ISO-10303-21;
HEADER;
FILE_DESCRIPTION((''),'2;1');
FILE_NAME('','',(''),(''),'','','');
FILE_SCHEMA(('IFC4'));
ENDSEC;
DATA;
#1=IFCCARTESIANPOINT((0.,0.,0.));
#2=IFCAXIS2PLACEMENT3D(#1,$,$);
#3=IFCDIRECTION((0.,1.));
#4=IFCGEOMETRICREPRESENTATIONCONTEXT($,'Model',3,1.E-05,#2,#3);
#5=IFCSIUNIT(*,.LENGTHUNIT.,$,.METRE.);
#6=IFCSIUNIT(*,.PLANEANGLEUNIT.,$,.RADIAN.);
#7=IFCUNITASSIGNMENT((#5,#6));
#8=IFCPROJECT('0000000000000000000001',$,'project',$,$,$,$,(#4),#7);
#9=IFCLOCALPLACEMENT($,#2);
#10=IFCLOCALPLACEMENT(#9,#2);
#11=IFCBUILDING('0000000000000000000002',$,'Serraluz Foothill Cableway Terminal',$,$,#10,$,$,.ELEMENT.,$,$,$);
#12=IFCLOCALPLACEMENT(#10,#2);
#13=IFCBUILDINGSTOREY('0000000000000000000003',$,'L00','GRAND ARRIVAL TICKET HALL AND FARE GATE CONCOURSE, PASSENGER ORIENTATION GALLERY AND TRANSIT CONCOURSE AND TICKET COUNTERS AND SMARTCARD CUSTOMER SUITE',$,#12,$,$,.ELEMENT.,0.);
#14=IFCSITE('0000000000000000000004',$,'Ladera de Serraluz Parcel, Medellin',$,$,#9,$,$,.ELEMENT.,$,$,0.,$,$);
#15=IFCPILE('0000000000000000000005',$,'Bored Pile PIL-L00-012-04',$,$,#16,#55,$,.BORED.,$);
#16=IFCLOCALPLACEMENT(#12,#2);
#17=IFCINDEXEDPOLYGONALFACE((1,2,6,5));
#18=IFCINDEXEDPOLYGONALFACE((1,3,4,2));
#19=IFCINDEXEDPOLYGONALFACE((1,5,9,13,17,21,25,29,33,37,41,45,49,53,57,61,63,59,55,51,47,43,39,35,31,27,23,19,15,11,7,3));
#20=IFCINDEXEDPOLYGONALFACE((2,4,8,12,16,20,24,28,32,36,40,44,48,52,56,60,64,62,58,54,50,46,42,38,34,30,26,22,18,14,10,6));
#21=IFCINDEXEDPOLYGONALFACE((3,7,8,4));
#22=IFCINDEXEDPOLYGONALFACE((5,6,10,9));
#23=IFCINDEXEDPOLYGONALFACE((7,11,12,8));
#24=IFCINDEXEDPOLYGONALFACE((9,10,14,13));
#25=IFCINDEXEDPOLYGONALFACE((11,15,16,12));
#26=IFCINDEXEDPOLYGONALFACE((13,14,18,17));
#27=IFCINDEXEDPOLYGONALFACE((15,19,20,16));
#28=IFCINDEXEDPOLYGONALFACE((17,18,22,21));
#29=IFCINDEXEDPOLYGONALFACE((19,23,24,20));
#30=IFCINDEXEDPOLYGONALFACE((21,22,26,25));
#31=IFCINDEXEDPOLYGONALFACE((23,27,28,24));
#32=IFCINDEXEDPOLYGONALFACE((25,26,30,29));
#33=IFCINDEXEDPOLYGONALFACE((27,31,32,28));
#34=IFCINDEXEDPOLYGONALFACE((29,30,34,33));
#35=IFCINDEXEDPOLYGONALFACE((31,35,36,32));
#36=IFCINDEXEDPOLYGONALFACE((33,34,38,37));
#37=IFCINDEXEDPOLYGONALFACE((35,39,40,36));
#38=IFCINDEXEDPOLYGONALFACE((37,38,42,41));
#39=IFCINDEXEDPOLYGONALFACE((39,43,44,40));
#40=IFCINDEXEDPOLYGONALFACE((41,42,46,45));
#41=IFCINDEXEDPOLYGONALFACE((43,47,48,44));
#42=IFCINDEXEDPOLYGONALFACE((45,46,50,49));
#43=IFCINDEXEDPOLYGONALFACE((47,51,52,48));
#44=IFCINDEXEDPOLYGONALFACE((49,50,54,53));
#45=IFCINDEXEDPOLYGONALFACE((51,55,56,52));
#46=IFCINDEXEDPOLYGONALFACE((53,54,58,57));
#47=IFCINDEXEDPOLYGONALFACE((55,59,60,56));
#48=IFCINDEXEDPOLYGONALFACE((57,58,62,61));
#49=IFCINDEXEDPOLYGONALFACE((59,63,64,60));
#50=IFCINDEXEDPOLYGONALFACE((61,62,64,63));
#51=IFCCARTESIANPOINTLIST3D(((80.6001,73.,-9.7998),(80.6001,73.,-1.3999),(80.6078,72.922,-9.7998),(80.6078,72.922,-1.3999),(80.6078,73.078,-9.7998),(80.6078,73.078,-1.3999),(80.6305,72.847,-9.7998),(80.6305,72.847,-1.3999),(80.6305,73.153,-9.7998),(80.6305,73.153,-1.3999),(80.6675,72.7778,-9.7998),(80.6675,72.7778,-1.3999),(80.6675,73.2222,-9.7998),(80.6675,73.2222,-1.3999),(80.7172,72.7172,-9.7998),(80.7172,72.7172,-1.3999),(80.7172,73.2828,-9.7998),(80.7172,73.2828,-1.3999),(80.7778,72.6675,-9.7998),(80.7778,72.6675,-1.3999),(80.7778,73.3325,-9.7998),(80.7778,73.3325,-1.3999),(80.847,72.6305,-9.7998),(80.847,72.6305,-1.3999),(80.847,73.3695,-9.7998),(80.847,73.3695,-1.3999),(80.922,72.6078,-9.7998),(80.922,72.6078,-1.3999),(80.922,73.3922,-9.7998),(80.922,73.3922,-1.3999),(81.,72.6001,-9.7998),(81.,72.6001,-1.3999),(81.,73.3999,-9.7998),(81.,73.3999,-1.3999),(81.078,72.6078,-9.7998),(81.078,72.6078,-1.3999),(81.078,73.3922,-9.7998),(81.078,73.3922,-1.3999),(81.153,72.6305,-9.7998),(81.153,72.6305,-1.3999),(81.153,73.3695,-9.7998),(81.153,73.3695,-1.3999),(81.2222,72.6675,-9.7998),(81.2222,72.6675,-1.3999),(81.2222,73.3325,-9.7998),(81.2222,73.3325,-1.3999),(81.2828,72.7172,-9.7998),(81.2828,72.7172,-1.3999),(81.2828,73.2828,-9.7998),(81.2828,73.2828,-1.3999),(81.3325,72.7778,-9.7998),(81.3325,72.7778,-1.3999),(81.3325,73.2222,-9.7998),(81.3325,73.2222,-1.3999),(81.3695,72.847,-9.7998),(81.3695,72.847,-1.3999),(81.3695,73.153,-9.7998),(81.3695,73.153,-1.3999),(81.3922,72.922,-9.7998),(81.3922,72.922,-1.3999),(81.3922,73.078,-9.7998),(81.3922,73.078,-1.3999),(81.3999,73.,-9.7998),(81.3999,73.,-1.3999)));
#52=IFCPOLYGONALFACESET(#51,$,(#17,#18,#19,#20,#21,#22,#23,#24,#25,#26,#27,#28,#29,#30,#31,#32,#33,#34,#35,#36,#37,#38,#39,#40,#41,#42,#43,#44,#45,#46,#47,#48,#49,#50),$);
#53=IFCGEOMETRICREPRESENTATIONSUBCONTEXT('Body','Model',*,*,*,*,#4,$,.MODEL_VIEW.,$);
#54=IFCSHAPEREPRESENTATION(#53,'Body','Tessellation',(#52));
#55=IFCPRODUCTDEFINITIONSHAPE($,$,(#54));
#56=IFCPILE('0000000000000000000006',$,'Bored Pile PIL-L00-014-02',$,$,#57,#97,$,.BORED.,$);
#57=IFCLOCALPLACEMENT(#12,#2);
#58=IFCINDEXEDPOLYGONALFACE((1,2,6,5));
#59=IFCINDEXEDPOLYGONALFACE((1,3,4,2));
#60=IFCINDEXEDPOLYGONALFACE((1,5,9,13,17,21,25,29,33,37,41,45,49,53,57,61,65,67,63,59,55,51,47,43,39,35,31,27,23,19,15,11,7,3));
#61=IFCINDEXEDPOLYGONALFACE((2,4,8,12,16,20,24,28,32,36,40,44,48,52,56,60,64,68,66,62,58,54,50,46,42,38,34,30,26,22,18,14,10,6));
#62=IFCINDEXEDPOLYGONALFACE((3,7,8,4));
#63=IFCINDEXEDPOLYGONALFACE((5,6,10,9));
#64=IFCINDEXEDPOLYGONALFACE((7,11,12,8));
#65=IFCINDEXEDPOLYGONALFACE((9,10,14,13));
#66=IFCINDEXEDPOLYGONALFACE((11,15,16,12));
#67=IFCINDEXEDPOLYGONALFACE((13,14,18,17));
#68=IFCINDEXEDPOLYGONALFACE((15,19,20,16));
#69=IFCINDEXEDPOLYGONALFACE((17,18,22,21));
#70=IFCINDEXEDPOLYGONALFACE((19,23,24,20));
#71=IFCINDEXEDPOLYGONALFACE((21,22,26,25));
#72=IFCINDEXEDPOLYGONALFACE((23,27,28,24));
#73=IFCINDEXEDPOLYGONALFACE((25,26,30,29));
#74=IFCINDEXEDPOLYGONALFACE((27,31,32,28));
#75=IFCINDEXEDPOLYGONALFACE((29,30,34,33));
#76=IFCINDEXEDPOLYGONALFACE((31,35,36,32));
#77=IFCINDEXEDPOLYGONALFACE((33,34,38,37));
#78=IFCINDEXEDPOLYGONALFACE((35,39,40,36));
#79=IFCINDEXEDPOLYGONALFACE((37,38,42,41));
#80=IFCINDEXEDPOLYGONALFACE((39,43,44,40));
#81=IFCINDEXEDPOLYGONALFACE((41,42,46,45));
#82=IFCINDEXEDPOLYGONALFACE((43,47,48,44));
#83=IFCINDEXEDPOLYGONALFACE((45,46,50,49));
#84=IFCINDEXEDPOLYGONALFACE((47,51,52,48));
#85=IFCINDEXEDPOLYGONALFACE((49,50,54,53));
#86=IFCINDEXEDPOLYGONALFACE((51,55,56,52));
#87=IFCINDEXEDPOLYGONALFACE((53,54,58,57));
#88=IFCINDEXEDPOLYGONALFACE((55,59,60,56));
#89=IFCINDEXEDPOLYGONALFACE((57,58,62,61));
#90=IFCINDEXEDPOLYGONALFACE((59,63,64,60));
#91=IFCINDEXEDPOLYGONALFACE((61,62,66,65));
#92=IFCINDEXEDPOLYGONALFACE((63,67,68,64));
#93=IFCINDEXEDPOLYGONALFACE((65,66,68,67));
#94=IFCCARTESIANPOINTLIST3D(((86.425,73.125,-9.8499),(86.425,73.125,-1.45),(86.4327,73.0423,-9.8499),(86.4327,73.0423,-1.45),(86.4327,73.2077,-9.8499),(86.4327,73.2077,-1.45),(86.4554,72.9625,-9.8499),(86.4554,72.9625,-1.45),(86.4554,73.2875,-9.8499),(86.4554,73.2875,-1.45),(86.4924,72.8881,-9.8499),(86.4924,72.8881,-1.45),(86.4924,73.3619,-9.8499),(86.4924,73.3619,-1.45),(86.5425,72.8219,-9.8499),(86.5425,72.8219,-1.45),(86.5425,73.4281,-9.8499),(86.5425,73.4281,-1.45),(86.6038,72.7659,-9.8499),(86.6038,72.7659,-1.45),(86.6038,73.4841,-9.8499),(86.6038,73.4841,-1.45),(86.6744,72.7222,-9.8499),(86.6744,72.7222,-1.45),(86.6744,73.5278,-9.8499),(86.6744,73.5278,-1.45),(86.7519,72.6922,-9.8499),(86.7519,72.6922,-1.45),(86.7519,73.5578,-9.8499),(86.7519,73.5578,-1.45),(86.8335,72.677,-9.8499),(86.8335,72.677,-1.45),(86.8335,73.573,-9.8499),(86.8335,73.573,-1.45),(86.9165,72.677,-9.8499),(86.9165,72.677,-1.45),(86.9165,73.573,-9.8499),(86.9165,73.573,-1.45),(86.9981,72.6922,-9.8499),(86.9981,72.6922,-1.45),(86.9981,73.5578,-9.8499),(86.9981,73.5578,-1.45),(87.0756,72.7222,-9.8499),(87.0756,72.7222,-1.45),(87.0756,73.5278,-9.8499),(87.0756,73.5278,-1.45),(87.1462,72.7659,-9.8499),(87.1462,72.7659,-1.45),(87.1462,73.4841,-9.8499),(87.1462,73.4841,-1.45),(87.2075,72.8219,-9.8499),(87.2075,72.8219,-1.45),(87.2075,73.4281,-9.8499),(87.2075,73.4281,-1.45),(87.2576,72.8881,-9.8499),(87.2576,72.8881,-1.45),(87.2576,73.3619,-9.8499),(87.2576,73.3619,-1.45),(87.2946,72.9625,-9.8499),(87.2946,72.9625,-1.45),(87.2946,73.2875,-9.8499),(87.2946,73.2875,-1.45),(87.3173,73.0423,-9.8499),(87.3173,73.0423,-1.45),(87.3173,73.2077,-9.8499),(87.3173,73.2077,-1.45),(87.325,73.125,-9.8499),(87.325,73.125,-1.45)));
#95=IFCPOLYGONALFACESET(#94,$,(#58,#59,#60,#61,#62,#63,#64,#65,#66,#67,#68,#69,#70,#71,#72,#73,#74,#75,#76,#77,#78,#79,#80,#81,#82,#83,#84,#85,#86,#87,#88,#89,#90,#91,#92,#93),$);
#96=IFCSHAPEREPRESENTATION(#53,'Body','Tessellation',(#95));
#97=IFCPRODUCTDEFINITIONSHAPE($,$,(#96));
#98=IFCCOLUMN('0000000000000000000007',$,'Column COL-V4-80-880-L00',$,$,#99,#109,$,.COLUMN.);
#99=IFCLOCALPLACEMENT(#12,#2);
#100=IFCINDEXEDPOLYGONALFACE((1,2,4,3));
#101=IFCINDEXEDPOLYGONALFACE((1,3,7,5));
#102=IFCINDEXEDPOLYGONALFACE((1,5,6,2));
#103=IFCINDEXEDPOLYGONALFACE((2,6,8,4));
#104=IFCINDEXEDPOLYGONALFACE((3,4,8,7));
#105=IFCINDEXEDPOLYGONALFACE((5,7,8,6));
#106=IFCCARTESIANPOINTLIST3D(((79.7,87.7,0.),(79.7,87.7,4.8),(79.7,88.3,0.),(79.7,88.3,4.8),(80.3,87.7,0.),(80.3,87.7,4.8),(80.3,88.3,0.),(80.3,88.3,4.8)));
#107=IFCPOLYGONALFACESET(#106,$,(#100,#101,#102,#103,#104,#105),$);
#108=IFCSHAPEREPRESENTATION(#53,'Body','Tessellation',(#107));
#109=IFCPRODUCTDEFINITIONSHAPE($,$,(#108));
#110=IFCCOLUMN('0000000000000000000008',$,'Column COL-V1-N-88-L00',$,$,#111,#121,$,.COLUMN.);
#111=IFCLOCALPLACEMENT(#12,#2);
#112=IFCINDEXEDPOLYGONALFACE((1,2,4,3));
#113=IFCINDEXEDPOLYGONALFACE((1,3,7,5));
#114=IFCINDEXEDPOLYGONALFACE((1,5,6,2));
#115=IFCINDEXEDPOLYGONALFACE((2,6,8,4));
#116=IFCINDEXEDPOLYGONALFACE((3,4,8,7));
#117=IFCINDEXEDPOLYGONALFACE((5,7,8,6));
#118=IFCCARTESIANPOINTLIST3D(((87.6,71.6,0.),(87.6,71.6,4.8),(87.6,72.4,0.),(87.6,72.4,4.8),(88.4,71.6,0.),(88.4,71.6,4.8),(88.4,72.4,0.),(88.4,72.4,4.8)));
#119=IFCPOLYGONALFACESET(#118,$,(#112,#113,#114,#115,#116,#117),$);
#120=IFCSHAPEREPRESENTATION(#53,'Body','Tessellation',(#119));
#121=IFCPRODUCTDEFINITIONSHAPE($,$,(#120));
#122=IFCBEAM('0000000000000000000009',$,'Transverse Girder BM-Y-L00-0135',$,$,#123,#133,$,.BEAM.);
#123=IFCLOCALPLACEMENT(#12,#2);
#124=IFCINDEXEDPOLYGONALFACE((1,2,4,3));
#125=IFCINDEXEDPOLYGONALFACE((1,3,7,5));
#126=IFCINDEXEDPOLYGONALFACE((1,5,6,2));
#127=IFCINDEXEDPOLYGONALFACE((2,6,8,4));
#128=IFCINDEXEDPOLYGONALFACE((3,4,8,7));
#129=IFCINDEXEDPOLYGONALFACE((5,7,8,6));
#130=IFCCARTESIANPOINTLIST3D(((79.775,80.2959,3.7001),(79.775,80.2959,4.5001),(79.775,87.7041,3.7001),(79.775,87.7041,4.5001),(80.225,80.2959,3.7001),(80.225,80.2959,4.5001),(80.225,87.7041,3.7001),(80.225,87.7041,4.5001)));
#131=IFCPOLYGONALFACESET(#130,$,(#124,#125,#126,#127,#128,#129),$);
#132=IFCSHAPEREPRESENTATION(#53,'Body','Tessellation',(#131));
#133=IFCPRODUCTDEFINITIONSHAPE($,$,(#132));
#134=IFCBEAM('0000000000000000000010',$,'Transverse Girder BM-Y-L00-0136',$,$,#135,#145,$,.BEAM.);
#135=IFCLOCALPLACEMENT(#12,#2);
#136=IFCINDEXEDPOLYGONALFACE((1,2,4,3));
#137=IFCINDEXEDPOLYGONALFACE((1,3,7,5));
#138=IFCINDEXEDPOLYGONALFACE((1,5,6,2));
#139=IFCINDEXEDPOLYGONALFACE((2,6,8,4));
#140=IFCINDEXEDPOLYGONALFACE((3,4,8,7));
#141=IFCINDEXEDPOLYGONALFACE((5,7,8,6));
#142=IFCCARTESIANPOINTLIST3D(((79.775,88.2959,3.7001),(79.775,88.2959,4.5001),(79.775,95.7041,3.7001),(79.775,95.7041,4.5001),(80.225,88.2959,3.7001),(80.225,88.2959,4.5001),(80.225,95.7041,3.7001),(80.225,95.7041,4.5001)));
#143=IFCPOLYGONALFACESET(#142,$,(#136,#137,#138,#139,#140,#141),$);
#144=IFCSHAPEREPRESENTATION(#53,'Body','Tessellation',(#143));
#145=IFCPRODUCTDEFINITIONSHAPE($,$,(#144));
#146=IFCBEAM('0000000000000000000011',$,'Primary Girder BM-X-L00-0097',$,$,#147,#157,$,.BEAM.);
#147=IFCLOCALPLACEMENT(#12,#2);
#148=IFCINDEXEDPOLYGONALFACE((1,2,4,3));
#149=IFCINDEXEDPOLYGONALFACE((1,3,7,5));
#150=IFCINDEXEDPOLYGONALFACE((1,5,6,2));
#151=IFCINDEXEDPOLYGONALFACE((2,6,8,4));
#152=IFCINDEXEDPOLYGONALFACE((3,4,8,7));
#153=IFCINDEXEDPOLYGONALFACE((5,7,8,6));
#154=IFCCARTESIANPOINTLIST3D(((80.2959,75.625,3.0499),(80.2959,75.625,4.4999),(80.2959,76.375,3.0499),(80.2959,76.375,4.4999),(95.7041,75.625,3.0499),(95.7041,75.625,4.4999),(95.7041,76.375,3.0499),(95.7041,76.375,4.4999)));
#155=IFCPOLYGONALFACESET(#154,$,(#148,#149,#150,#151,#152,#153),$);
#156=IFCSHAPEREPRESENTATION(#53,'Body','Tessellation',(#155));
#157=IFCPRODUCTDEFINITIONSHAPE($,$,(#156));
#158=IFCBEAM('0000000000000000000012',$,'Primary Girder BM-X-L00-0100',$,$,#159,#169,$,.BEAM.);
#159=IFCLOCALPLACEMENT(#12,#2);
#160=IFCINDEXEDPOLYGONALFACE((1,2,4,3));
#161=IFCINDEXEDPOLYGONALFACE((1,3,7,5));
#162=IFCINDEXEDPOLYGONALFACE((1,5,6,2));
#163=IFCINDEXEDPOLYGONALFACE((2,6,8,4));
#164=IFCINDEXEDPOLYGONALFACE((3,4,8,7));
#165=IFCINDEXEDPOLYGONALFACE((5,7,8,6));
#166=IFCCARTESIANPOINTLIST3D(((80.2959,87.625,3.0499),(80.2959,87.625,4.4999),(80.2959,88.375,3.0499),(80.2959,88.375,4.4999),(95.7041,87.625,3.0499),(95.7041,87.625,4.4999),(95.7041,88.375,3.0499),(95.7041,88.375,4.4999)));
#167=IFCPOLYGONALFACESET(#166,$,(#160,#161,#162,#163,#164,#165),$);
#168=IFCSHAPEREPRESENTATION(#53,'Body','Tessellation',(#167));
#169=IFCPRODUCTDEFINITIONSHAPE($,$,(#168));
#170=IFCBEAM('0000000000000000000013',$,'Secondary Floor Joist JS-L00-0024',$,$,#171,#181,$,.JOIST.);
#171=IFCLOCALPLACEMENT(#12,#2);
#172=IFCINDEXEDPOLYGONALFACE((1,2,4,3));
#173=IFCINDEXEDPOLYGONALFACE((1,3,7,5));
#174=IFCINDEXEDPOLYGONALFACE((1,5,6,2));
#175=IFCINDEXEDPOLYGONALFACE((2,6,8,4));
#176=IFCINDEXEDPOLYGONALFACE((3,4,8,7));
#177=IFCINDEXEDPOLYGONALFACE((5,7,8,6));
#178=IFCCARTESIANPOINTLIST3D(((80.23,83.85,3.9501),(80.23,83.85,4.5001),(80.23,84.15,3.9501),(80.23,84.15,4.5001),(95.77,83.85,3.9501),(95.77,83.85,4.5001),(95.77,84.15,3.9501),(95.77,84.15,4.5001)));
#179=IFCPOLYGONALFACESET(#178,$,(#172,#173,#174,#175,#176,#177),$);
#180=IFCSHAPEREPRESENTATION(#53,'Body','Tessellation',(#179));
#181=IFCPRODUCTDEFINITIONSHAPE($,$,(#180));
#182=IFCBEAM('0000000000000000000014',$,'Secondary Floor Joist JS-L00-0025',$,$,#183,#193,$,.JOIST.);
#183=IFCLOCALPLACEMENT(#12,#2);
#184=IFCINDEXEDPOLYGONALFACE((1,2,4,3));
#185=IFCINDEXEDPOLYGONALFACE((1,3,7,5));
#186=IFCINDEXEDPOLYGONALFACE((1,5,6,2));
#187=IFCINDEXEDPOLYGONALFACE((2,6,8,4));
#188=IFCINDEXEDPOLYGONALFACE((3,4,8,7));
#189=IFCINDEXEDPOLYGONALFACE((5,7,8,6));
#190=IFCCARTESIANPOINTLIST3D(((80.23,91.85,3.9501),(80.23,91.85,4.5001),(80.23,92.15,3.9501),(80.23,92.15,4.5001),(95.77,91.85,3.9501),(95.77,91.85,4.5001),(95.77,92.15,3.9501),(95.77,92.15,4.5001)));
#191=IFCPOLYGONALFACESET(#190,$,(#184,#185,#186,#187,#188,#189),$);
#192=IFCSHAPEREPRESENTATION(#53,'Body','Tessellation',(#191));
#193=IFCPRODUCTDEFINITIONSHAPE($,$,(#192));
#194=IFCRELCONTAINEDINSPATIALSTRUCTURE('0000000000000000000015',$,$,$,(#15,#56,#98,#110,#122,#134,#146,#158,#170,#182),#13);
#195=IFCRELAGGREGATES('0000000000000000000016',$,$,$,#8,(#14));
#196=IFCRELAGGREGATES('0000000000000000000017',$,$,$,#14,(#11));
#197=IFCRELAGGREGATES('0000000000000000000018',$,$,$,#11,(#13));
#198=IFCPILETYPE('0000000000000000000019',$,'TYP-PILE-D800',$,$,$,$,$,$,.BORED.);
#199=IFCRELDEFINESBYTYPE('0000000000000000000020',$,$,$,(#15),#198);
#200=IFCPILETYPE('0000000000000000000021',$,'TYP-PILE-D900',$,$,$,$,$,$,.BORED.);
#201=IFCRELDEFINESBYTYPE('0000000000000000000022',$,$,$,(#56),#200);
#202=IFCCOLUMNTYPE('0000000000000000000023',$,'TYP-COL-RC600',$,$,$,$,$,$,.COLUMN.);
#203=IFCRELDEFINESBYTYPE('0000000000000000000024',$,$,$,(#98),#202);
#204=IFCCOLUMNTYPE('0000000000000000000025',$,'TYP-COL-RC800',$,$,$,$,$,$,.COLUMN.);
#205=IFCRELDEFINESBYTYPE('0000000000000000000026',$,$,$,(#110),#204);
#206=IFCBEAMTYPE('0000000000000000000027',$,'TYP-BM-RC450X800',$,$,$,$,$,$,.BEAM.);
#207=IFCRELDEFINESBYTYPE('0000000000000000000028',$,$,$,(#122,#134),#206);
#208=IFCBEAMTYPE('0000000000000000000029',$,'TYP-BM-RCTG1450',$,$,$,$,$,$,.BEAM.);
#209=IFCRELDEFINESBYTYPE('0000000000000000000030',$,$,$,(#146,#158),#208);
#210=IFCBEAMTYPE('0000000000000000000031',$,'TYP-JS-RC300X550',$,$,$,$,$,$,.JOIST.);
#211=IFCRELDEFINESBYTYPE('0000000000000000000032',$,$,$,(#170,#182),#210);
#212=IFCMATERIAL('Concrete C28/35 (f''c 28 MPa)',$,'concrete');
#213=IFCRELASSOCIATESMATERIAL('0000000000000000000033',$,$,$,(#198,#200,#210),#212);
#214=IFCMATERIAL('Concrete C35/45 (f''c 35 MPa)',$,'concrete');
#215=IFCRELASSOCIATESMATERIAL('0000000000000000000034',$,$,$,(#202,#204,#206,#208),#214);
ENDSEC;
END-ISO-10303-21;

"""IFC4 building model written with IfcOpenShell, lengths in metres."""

from ifc_helpers import new_model, si_unit, direction, frame, origin, origin_2d, place, context, subcontext, project, spatial, rectangle, circle, extrude, material, material_profile, profile_set, type_object, element, save


model = new_model("IFC4")

# Units and contexts
model_context = context("Model", 3, precision=1e-05, world=origin(), true_north=direction((0.0, 1.0)))
body_context = subcontext(model_context, "Body", "Model", "MODEL_VIEW")
ifc_project = project(units=[si_unit("LENGTHUNIT", "METRE"), si_unit("PLANEANGLEUNIT", "RADIAN")], contexts=[model_context])

# Site, building, storey
site_placement = place(None, origin())
site = spatial("IfcSite", under=ifc_project, at=site_placement, Name="Ladera de Serraluz Parcel, Medellin", CompositionType="ELEMENT", RefElevation=0.0)
building_placement = place(site_placement, origin())
building = spatial("IfcBuilding", under=site, at=building_placement, Name="Serraluz Foothill Cableway Terminal", CompositionType="ELEMENT")
storey_placement = place(building_placement, origin())
storey = spatial("IfcBuildingStorey", under=building, at=storey_placement, Name="L00", Description="GRAND ARRIVAL TICKET HALL AND FARE GATE CONCOURSE, PASSENGER ORIENTATION GALLERY AND TRANSIT CONCOURSE AND TICKET COUNTERS AND SMARTCARD CUSTOMER SUITE", CompositionType="ELEMENT", Elevation=0.0)

# Piles
ifc_material_1 = material(Name="Concrete C28/35 (f'c 28 MPa)", Category="concrete")
ifc_material_profile_1 = material_profile(ifc_material_1, circle(Radius=0.3999, at=origin_2d()), Name="BORED PILE D800")
ifc_profile_set_1 = profile_set([ifc_material_profile_1], Name="Concrete C28/35 (f'c 28 MPa)")
pile_type_1 = type_object("IfcPileType", Name="TYP-PILE-D800", PredefinedType="BORED", material=ifc_profile_set_1)
pile_1_placement = place(storey_placement, frame((81.0, 73.0, -1.3999), z_axis=(0.0, 0.0, -1.0), x_axis=(1.0, 0.0, 0.0)))
element("IfcPile", 1, at=pile_1_placement, inside=storey, type_object=pile_type_1, Name="Bored Pile PIL-L00-012-04", PredefinedType="BORED", context=body_context, shape_type="SweptSolid", body=[
    extrude(circle(Radius=0.3999, at=origin_2d()), origin(), (0.0, 0.0, 1.0), 8.3999),
])
ifc_material_profile_2 = material_profile(ifc_material_1, circle(Radius=0.45, at=origin_2d()), Name="BORED PILE D900")
ifc_profile_set_2 = profile_set([ifc_material_profile_2], Name="Concrete C28/35 (f'c 28 MPa)")
pile_type_2 = type_object("IfcPileType", Name="TYP-PILE-D900", PredefinedType="BORED", material=ifc_profile_set_2)
pile_2_placement = place(storey_placement, frame((86.875, 73.125, -1.45), z_axis=(0.0, 0.0, -1.0), x_axis=(1.0, 0.0, 0.0)))
element("IfcPile", 2, at=pile_2_placement, inside=storey, type_object=pile_type_2, Name="Bored Pile PIL-L00-014-02", PredefinedType="BORED", context=body_context, shape_type="SweptSolid", body=[
    extrude(circle(Radius=0.45, at=origin_2d()), origin(), (0.0, 0.0, 1.0), 8.3999),
])

# Columns
ifc_material_2 = material(Name="Concrete C35/45 (f'c 35 MPa)", Category="concrete")
ifc_material_profile_3 = material_profile(ifc_material_2, rectangle(XDim=0.6001, YDim=0.6001, at=origin_2d()), Name="RC 600x600")
ifc_profile_set_3 = profile_set([ifc_material_profile_3], Name="Concrete C35/45 (f'c 35 MPa)")
column_type_1 = type_object("IfcColumnType", Name="TYP-COL-RC600", PredefinedType="COLUMN", material=ifc_profile_set_3)
column_1_placement = place(storey_placement, frame((80.0, 88.0, 0.0), z_axis=(0.0, 0.0, 1.0), x_axis=(1.0, 0.0, 0.0)))
element("IfcColumn", 3, at=column_1_placement, inside=storey, type_object=column_type_1, Name="Column COL-V4-80-880-L00", PredefinedType="COLUMN", context=body_context, shape_type="SweptSolid", body=[
    extrude(rectangle(XDim=0.6001, YDim=0.6001, at=origin_2d()), origin(), (0.0, 0.0, 1.0), 4.8),
])
ifc_material_profile_4 = material_profile(ifc_material_2, rectangle(XDim=0.8, YDim=0.8, at=origin_2d()), Name="RC 800x800")
ifc_profile_set_4 = profile_set([ifc_material_profile_4], Name="Concrete C35/45 (f'c 35 MPa)")
column_type_2 = type_object("IfcColumnType", Name="TYP-COL-RC800", PredefinedType="COLUMN", material=ifc_profile_set_4)
column_2_placement = place(storey_placement, frame((88.0, 72.0, 0.0), z_axis=(0.0, 0.0, 1.0), x_axis=(1.0, 0.0, 0.0)))
element("IfcColumn", 4, at=column_2_placement, inside=storey, type_object=column_type_2, Name="Column COL-V1-N-88-L00", PredefinedType="COLUMN", context=body_context, shape_type="SweptSolid", body=[
    extrude(rectangle(XDim=0.8, YDim=0.8, at=origin_2d()), origin(), (0.0, 0.0, 1.0), 4.8),
])

# Beams
ifc_material_profile_5 = material_profile(ifc_material_2, rectangle(XDim=0.45, YDim=0.8, at=origin_2d()), Name="RC 450x800")
ifc_profile_set_5 = profile_set([ifc_material_profile_5], Name="Concrete C35/45 (f'c 35 MPa)")
beam_type_1 = type_object("IfcBeamType", Name="TYP-BM-RC450X800", PredefinedType="BEAM", material=ifc_profile_set_5)
for number, where, z_axis, x_axis, name in (
    (5, (80.0, 80.2959, 4.1001), (0.0, 1.0, 0.0), (-1.0, 0.0, 0.0), "Transverse Girder BM-Y-L00-0135"),
    (6, (80.0, 88.2959, 4.1001), (0.0, 1.0, 0.0), (-1.0, 0.0, 0.0), "Transverse Girder BM-Y-L00-0136"),
):
    element("IfcBeam", number, at=place(storey_placement, frame(where, z_axis=z_axis, x_axis=x_axis)), inside=storey, type_object=beam_type_1, Name=name, PredefinedType="BEAM", context=body_context, shape_type="SweptSolid", body=[
        extrude(rectangle(XDim=0.45, YDim=0.8, at=origin_2d()), origin(), (0.0, 0.0, 1.0), 7.4082),
    ])
ifc_material_profile_6 = material_profile(ifc_material_2, rectangle(XDim=0.75, YDim=1.45, at=origin_2d()), Name="RC TG 750x1450")
ifc_profile_set_6 = profile_set([ifc_material_profile_6], Name="Concrete C35/45 (f'c 35 MPa)")
beam_type_2 = type_object("IfcBeamType", Name="TYP-BM-RCTG1450", PredefinedType="BEAM", material=ifc_profile_set_6)
for number, where, z_axis, x_axis, name in (
    (7, (80.2959, 76.0, 3.7749), (1.0, 0.0, 0.0), (0.0, 1.0, 0.0), "Primary Girder BM-X-L00-0097"),
    (8, (80.2959, 88.0, 3.7749), (1.0, 0.0, 0.0), (0.0, 1.0, 0.0), "Primary Girder BM-X-L00-0100"),
):
    element("IfcBeam", number, at=place(storey_placement, frame(where, z_axis=z_axis, x_axis=x_axis)), inside=storey, type_object=beam_type_2, Name=name, PredefinedType="BEAM", context=body_context, shape_type="SweptSolid", body=[
        extrude(rectangle(XDim=0.75, YDim=1.45, at=origin_2d()), origin(), (0.0, 0.0, 1.0), 15.4082),
    ])
ifc_material_profile_7 = material_profile(ifc_material_1, rectangle(XDim=0.3, YDim=0.55, at=origin_2d()), Name="RC 300x550")
ifc_profile_set_7 = profile_set([ifc_material_profile_7], Name="Concrete C28/35 (f'c 28 MPa)")
beam_type_3 = type_object("IfcBeamType", Name="TYP-JS-RC300X550", PredefinedType="JOIST", material=ifc_profile_set_7)
for number, where, z_axis, x_axis, name in (
    (9, (80.23, 84.0, 4.2251), (1.0, 0.0, 0.0), (0.0, 1.0, 0.0), "Secondary Floor Joist JS-L00-0024"),
    (10, (80.23, 92.0, 4.2251), (1.0, 0.0, 0.0), (0.0, 1.0, 0.0), "Secondary Floor Joist JS-L00-0025"),
):
    element("IfcBeam", number, at=place(storey_placement, frame(where, z_axis=z_axis, x_axis=x_axis)), inside=storey, type_object=beam_type_3, Name=name, PredefinedType="JOIST", context=body_context, shape_type="SweptSolid", body=[
        extrude(rectangle(XDim=0.3, YDim=0.55, at=origin_2d()), origin(), (0.0, 0.0, 1.0), 15.54),
    ])

save(model, "model.ifc")
